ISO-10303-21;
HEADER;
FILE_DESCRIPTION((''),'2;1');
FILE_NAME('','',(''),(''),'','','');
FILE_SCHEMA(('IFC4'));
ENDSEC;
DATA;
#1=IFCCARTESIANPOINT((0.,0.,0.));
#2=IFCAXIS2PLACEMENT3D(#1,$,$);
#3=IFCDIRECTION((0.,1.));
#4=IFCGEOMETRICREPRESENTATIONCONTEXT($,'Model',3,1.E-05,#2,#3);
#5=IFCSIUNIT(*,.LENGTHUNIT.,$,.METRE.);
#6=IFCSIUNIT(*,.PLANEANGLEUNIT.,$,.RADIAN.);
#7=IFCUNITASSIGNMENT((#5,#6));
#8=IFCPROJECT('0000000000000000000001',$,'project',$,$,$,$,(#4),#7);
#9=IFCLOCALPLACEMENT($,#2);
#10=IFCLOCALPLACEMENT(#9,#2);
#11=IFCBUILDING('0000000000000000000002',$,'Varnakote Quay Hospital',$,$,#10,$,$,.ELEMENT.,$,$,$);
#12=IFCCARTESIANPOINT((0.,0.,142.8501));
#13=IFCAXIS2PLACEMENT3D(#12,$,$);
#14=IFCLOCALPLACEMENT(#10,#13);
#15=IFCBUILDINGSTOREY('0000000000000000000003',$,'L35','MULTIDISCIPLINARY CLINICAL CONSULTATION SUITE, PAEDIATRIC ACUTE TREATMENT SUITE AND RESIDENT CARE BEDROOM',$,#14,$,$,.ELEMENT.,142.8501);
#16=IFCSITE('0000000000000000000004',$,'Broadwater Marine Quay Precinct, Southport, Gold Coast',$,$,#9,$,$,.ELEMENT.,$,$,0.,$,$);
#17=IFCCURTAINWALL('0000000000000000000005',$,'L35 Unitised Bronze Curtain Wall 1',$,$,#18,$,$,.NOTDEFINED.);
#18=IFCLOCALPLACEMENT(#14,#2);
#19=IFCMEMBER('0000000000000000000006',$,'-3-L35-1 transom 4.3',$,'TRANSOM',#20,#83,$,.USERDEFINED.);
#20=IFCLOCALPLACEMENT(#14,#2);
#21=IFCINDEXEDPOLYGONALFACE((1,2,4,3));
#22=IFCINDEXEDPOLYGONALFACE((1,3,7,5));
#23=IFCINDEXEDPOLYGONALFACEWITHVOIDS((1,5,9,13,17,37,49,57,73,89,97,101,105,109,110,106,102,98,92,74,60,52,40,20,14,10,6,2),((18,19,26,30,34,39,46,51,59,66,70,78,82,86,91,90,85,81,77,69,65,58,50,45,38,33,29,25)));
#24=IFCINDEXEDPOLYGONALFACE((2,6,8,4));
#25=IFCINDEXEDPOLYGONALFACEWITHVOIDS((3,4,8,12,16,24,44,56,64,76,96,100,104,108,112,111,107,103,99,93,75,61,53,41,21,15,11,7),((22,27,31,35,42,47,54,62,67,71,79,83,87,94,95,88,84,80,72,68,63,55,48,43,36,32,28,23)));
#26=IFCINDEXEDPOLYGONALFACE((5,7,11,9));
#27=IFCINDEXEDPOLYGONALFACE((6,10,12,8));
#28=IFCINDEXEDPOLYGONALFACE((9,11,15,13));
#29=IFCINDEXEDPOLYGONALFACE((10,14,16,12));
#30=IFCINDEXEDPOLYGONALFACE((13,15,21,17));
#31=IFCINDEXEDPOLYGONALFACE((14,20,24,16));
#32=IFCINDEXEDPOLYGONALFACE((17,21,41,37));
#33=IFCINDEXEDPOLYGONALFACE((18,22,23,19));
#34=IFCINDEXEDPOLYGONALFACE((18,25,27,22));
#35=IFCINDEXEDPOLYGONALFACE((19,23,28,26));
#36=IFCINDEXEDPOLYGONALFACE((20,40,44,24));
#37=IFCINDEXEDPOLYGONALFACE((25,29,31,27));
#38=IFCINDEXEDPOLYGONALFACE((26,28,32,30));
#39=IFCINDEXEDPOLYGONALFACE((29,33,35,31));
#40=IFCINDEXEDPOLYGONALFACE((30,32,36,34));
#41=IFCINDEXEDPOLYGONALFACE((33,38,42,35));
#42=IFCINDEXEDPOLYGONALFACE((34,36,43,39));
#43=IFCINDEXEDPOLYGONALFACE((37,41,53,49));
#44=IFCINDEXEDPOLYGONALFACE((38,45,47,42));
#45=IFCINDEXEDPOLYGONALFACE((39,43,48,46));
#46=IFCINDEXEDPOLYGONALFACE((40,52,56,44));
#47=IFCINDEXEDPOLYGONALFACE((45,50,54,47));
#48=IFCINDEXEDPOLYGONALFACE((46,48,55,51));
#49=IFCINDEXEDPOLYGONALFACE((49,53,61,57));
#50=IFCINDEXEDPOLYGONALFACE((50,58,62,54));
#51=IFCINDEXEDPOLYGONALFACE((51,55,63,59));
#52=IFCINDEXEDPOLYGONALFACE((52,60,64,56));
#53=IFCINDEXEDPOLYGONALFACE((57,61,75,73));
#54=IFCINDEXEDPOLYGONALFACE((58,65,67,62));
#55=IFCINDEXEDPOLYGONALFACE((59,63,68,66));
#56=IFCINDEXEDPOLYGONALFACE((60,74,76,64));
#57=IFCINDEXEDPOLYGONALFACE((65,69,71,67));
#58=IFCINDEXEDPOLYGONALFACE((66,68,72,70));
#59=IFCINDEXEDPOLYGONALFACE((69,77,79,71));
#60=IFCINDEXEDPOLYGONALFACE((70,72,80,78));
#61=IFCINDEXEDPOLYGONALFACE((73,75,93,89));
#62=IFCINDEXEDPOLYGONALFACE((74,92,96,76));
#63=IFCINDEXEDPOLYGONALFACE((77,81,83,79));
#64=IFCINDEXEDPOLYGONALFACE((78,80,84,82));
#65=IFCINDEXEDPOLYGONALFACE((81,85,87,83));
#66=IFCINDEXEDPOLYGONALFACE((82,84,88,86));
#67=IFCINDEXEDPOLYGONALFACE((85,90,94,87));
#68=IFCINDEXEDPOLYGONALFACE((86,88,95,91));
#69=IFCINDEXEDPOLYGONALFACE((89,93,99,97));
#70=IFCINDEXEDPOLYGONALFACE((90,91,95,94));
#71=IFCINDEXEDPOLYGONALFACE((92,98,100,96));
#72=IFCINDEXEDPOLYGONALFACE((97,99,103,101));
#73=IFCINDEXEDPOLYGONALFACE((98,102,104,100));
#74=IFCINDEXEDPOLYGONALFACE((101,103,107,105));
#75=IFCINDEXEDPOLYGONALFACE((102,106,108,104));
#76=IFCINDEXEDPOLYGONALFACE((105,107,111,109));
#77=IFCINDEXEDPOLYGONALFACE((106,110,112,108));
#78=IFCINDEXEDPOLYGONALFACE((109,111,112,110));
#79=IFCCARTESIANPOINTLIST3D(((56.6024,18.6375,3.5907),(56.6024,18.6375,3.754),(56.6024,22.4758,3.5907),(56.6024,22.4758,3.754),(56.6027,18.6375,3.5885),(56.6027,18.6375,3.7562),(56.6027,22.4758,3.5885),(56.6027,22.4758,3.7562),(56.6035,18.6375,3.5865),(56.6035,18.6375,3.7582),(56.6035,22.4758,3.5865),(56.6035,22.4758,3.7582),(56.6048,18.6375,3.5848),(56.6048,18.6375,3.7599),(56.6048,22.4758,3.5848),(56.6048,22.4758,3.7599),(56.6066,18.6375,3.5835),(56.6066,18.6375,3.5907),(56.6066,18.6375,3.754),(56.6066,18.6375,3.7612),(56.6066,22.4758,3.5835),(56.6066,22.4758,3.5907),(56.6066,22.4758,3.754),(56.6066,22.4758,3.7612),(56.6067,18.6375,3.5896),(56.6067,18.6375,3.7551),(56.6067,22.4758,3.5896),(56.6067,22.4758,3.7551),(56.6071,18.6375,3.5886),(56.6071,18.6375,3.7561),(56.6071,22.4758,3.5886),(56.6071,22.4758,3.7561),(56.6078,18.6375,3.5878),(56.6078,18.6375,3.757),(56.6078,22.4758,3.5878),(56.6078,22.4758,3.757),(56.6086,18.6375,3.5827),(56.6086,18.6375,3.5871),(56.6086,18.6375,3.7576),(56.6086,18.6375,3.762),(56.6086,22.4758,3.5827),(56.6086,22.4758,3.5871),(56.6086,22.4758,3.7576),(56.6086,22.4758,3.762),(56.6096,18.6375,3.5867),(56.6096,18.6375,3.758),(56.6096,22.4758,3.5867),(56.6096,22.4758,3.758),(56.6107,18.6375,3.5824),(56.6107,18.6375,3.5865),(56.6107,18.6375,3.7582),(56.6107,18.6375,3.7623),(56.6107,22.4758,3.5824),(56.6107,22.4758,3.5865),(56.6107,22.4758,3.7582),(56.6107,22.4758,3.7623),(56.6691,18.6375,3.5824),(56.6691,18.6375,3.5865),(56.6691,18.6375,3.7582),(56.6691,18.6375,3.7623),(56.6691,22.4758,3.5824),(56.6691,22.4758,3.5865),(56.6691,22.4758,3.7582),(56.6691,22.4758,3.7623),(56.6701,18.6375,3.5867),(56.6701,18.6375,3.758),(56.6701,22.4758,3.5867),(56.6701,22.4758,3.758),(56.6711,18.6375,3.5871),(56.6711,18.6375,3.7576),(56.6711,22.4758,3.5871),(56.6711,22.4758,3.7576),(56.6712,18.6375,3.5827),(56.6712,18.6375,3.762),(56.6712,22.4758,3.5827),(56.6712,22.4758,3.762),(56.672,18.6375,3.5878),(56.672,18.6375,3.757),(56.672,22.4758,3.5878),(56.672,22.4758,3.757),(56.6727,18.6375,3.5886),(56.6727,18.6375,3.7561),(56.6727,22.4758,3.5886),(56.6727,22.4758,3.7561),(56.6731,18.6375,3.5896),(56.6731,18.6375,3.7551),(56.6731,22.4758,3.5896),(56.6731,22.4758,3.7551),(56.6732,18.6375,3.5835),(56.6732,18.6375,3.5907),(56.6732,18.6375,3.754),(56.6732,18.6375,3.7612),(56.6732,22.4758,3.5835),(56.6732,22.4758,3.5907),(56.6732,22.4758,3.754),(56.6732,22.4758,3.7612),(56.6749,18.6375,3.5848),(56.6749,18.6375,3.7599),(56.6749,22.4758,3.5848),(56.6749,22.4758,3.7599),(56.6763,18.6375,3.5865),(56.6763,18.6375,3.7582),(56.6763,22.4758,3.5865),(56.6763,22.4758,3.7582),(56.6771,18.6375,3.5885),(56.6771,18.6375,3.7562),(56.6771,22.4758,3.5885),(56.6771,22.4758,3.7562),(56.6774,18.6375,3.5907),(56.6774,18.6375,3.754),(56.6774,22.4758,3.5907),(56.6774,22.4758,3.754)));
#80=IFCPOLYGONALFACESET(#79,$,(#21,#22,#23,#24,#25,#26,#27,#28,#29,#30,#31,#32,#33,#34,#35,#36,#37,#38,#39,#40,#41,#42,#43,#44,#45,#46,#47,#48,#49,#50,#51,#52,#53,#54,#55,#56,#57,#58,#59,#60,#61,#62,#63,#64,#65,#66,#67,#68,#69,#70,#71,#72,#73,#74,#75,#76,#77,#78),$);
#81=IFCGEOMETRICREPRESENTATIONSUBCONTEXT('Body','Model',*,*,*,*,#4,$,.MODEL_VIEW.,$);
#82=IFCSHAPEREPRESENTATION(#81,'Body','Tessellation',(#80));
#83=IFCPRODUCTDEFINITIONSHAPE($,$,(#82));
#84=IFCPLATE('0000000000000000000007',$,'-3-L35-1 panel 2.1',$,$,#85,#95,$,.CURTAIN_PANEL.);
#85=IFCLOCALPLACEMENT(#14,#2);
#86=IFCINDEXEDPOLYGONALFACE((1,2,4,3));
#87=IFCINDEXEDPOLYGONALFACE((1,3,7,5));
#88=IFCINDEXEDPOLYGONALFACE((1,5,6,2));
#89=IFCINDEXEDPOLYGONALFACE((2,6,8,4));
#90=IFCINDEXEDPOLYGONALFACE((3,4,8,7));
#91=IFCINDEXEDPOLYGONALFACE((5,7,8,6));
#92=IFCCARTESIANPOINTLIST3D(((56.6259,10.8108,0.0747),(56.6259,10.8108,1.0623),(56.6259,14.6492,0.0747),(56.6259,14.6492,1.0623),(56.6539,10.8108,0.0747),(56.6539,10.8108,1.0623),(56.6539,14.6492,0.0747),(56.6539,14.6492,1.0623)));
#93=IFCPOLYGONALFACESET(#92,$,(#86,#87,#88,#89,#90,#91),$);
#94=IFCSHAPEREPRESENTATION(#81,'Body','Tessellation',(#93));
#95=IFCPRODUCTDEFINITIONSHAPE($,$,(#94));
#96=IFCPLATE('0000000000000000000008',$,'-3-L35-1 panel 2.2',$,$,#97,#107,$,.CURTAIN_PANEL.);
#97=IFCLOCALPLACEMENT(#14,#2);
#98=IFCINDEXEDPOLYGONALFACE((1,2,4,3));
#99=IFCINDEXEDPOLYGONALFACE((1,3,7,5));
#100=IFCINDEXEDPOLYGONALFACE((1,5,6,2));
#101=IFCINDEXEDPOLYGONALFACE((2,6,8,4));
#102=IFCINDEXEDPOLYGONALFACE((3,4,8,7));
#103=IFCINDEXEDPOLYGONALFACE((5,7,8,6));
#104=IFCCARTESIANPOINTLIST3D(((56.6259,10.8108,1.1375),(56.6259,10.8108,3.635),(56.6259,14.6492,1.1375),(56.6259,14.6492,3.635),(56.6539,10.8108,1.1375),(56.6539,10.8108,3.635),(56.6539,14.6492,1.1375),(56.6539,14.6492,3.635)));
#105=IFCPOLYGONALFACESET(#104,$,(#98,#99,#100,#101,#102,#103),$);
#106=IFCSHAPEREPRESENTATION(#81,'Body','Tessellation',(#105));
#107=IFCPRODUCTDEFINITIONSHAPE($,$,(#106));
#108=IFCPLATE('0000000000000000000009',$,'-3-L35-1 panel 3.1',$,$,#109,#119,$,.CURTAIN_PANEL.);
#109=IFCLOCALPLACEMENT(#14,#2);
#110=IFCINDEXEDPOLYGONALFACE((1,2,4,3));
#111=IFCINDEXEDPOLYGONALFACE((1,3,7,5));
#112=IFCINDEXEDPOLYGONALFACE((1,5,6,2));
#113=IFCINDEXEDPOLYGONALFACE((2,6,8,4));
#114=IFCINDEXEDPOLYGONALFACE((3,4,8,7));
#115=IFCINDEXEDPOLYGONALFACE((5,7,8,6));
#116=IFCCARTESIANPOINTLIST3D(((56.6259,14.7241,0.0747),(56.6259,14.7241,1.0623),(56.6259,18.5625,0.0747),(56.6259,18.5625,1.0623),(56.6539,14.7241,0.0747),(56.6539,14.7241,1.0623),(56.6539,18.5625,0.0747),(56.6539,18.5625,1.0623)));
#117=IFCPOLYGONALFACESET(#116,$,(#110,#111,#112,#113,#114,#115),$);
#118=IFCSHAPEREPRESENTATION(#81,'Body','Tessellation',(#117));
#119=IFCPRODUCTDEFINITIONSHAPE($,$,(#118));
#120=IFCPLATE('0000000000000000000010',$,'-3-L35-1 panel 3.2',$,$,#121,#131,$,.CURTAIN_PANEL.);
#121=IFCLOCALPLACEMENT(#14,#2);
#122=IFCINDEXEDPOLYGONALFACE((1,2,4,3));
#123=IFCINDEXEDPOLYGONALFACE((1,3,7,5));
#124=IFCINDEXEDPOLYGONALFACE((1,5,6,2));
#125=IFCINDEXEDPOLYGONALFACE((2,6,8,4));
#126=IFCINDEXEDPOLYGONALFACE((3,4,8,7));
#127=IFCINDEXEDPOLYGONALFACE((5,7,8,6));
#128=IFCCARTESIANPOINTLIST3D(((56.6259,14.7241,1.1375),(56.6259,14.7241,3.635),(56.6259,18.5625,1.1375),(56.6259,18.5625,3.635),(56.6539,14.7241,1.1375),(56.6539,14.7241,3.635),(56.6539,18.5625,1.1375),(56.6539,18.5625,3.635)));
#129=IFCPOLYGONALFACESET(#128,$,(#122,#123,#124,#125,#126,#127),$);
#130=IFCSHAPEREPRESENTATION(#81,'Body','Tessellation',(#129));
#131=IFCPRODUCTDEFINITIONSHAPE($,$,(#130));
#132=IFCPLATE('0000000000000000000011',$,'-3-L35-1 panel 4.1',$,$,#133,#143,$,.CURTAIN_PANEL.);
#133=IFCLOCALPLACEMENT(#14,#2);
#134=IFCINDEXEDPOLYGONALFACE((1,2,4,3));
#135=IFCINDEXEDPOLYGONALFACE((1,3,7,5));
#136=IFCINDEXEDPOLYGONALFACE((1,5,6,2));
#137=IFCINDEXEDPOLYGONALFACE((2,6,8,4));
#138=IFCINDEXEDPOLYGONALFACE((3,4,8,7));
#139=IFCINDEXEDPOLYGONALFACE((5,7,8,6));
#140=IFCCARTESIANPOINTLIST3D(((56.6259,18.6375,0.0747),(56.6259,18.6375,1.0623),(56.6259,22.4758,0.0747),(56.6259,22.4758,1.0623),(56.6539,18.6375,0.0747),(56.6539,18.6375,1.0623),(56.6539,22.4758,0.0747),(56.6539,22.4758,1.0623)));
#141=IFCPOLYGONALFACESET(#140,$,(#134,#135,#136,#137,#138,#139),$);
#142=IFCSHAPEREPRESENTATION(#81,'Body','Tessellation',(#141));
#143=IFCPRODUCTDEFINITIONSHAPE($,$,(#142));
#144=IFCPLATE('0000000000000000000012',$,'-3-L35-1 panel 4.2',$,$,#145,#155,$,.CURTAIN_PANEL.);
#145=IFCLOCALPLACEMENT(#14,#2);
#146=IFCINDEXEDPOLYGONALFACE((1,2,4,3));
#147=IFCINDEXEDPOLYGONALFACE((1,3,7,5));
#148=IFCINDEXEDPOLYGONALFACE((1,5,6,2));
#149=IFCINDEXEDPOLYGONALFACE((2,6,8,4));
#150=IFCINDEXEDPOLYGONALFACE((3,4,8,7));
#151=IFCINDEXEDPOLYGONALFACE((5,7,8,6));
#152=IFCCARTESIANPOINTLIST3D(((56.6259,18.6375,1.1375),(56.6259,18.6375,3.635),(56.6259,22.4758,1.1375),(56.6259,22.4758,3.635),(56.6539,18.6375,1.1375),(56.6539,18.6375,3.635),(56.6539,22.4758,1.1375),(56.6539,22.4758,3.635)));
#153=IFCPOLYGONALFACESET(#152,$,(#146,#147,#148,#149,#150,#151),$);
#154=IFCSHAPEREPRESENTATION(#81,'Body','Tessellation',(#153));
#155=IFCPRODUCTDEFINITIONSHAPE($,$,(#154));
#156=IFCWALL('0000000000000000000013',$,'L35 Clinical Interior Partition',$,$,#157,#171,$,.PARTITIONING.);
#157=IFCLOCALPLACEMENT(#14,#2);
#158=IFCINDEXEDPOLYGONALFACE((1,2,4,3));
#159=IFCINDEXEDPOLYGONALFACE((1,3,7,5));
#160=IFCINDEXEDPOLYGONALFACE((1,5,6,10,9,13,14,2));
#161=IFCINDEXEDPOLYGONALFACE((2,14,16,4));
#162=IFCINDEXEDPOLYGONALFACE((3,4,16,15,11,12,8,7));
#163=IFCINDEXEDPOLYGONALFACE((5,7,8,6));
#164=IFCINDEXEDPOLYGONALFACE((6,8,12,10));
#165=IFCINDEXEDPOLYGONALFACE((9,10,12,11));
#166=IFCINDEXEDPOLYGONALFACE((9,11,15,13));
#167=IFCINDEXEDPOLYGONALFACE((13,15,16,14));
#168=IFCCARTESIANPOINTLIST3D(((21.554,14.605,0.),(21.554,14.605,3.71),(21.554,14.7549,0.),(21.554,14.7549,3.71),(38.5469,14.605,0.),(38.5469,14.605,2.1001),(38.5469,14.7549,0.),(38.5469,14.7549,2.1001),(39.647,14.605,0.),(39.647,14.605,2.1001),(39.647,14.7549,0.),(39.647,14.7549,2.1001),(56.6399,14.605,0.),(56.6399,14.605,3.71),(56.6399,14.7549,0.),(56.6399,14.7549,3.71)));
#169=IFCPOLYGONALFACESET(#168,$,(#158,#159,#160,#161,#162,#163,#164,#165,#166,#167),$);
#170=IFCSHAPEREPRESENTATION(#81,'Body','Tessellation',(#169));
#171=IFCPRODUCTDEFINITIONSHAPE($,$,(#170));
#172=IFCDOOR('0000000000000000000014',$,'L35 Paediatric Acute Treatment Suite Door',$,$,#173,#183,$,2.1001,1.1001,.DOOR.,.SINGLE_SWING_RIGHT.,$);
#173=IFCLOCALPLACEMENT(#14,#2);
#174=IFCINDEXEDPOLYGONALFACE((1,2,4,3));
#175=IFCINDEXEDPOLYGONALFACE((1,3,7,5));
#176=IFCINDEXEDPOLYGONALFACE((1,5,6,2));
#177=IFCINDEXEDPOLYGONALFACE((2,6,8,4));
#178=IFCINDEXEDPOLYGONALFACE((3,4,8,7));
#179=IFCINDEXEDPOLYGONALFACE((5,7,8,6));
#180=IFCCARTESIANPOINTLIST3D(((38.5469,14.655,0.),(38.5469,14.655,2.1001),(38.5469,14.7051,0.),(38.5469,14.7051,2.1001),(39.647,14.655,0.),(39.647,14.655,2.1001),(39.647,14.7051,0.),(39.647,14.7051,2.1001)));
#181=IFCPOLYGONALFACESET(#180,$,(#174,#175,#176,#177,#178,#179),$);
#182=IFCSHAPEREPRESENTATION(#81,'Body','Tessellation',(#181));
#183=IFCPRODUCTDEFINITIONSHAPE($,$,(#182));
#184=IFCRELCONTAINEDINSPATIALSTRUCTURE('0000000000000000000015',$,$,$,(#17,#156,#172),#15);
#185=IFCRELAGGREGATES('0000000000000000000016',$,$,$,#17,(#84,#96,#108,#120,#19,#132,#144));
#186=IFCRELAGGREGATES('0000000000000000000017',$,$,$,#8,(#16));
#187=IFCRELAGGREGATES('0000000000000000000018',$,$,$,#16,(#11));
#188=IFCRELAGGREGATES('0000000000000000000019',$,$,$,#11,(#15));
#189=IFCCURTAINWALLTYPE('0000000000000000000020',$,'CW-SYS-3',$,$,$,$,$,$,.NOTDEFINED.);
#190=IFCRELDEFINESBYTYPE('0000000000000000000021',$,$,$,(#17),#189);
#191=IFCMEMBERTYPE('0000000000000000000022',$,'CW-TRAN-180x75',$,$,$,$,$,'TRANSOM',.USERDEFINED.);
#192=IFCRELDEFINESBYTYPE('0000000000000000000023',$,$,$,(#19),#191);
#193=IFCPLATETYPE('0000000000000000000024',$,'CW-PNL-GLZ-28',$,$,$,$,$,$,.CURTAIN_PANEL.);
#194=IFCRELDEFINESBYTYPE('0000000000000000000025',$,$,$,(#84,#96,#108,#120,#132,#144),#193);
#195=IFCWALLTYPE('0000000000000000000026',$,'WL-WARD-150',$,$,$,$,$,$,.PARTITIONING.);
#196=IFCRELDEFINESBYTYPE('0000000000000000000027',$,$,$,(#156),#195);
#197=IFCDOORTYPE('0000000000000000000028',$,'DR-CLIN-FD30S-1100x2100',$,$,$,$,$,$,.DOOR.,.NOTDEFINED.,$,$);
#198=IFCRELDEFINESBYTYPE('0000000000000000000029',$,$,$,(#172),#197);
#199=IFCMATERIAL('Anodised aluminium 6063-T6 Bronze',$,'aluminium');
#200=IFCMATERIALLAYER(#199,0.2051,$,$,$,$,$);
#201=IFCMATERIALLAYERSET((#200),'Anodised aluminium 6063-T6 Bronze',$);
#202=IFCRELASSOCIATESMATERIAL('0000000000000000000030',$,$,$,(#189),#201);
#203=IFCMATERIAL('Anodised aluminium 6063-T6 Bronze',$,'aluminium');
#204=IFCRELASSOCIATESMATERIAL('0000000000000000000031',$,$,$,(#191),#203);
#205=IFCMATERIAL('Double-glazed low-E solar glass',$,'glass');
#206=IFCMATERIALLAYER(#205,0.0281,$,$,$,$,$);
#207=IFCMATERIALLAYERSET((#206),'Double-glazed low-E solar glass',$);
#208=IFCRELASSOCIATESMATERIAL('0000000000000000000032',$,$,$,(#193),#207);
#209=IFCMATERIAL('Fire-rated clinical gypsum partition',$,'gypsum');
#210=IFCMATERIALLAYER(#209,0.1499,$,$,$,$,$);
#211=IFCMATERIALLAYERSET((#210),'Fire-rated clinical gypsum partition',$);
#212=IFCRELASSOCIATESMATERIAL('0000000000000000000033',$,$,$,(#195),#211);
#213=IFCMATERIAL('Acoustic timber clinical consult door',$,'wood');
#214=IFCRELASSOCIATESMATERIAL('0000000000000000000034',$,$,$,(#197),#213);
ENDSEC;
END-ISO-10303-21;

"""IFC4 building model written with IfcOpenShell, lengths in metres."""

from ifc_helpers import new_model, si_unit, direction, frame, frame_2d, origin, origin_2d, place, context, subcontext, project, spatial, rectangle, hollow_rectangle, extrude, material, layer, layer_set, material_profile, profile_set, type_object, element, fill, aggregate, save


model = new_model("IFC4")

# Units and contexts
model_context = context("Model", 3, precision=1e-05, world=origin(), true_north=direction((0.0, 1.0)))
body_context = subcontext(model_context, "Body", "Model", "MODEL_VIEW")
ifc_project = project(units=[si_unit("LENGTHUNIT", "METRE"), si_unit("PLANEANGLEUNIT", "RADIAN")], contexts=[model_context])

# Site, building, storey
site_placement = place(None, origin())
site = spatial("IfcSite", under=ifc_project, at=site_placement, Name="Broadwater Marine Quay Precinct, Southport, Gold Coast", CompositionType="ELEMENT", RefElevation=0.0)
building_placement = place(site_placement, origin())
building = spatial("IfcBuilding", under=site, at=building_placement, Name="Varnakote Quay Hospital", CompositionType="ELEMENT")
storey_placement = place(building_placement, frame((0.0, 0.0, 142.8501)))
storey = spatial("IfcBuildingStorey", under=building, at=storey_placement, Name="L35", Description="MULTIDISCIPLINARY CLINICAL CONSULTATION SUITE, PAEDIATRIC ACUTE TREATMENT SUITE AND RESIDENT CARE BEDROOM", CompositionType="ELEMENT", Elevation=142.8501)

# Curtain wall, member, plates
ifc_material_1 = material(Name="Anodised aluminium 6063-T6 Bronze", Category="aluminium")
ifc_layer_1 = layer(ifc_material_1, 0.2051)
ifc_layer_set_1 = layer_set([ifc_layer_1], Name="Anodised aluminium 6063-T6 Bronze")
curtain_wall_type = type_object("IfcCurtainWallType", Name="CW-SYS-3", PredefinedType="NOTDEFINED", material=ifc_layer_set_1)
curtain_wall_placement = place(storey_placement, origin())
curtain_wall = element("IfcCurtainWall", 1, at=curtain_wall_placement, inside=storey, type_object=curtain_wall_type, Name="L35 Unitised Bronze Curtain Wall 1", PredefinedType="NOTDEFINED")
ifc_material_2 = material(Name="Anodised aluminium 6063-T6 Bronze", Category="aluminium")
ifc_material_profile_1 = material_profile(ifc_material_2, hollow_rectangle(XDim=0.075, YDim=0.1799, WallThickness=0.0042, InnerFilletRadius=0.0042, OuterFilletRadius=0.0083, at=origin_2d()), Name="CW-TRAN-180x75")
ifc_profile_set_1 = profile_set([ifc_material_profile_1], Name="Anodised aluminium 6063-T6 Bronze")
member_type_1 = type_object("IfcMemberType", Name="CW-TRAN-180x75", ElementType="TRANSOM", PredefinedType="USERDEFINED", material=ifc_profile_set_1)
member_1_placement = place(storey_placement, frame((56.6399, 18.6375, 3.6724), z_axis=(0.0, 1.0, 0.0), x_axis=(-1.0, 0.0, 0.0)))
member_1 = element("IfcMember", 2, at=member_1_placement, type_object=member_type_1, Name="-3-L35-1 transom 4.3", ObjectType="TRANSOM", PredefinedType="USERDEFINED", context=body_context, shape_type="SweptSolid", body=[
    extrude(hollow_rectangle(XDim=0.075, YDim=0.1799, WallThickness=0.0042, InnerFilletRadius=0.0042, OuterFilletRadius=0.0083, at=origin_2d()), origin(), (0.0, 0.0, 1.0), 3.8384),
])
ifc_material_3 = material(Name="Double-glazed low-E solar glass", Category="glass")
ifc_layer_2 = layer(ifc_material_3, 0.0281)
ifc_layer_set_2 = layer_set([ifc_layer_2], Name="Double-glazed low-E solar glass")
plate_type = type_object("IfcPlateType", Name="CW-PNL-GLZ-28", PredefinedType="CURTAIN_PANEL", material=ifc_layer_set_2)
plate_1_placement = place(storey_placement, frame((56.6399, 12.73, 0.0747), z_axis=(0.0, 0.0, 1.0), x_axis=(0.0, 1.0, 0.0)))
plate_1 = element("IfcPlate", 3, at=plate_1_placement, type_object=plate_type, Name="-3-L35-1 panel 2.1", PredefinedType="CURTAIN_PANEL", context=body_context, shape_type="SweptSolid", body=[
    extrude(rectangle(XDim=3.8384, YDim=0.0281, at=origin_2d()), origin(), (0.0, 0.0, 1.0), 0.9875),
])
plate_2_placement = place(storey_placement, frame((56.6399, 12.73, 1.1375), z_axis=(0.0, 0.0, 1.0), x_axis=(0.0, 1.0, 0.0)))
plate_2 = element("IfcPlate", 4, at=plate_2_placement, type_object=plate_type, Name="-3-L35-1 panel 2.2", PredefinedType="CURTAIN_PANEL", context=body_context, shape_type="SweptSolid", body=[
    extrude(rectangle(XDim=3.8384, YDim=0.0281, at=origin_2d()), origin(), (0.0, 0.0, 1.0), 2.4976),
])
plate_3_placement = place(storey_placement, frame((56.6399, 16.6433, 0.0747), z_axis=(0.0, 0.0, 1.0), x_axis=(0.0, 1.0, 0.0)))
plate_3 = element("IfcPlate", 5, at=plate_3_placement, type_object=plate_type, Name="-3-L35-1 panel 3.1", PredefinedType="CURTAIN_PANEL", context=body_context, shape_type="SweptSolid", body=[
    extrude(rectangle(XDim=3.8384, YDim=0.0281, at=origin_2d()), origin(), (0.0, 0.0, 1.0), 0.9875),
])
plate_4_placement = place(storey_placement, frame((56.6399, 16.6433, 1.1375), z_axis=(0.0, 0.0, 1.0), x_axis=(0.0, 1.0, 0.0)))
plate_4 = element("IfcPlate", 6, at=plate_4_placement, type_object=plate_type, Name="-3-L35-1 panel 3.2", PredefinedType="CURTAIN_PANEL", context=body_context, shape_type="SweptSolid", body=[
    extrude(rectangle(XDim=3.8384, YDim=0.0281, at=origin_2d()), origin(), (0.0, 0.0, 1.0), 2.4976),
])
plate_5_placement = place(storey_placement, frame((56.6399, 20.5566, 0.0747), z_axis=(0.0, 0.0, 1.0), x_axis=(0.0, 1.0, 0.0)))
plate_5 = element("IfcPlate", 7, at=plate_5_placement, type_object=plate_type, Name="-3-L35-1 panel 4.1", PredefinedType="CURTAIN_PANEL", context=body_context, shape_type="SweptSolid", body=[
    extrude(rectangle(XDim=3.8384, YDim=0.0281, at=origin_2d()), origin(), (0.0, 0.0, 1.0), 0.9875),
])
plate_6_placement = place(storey_placement, frame((56.6399, 20.5566, 1.1375), z_axis=(0.0, 0.0, 1.0), x_axis=(0.0, 1.0, 0.0)))
plate_6 = element("IfcPlate", 8, at=plate_6_placement, type_object=plate_type, Name="-3-L35-1 panel 4.2", PredefinedType="CURTAIN_PANEL", context=body_context, shape_type="SweptSolid", body=[
    extrude(rectangle(XDim=3.8384, YDim=0.0281, at=origin_2d()), origin(), (0.0, 0.0, 1.0), 2.4976),
])
aggregate(curtain_wall, [plate_1, plate_2, plate_3, plate_4, member_1, plate_5, plate_6])

# Wall, opening, door
ifc_material_4 = material(Name="Fire-rated clinical gypsum partition", Category="gypsum")
ifc_layer_3 = layer(ifc_material_4, 0.1499)
ifc_layer_set_3 = layer_set([ifc_layer_3], Name="Fire-rated clinical gypsum partition")
wall_type = type_object("IfcWallType", Name="WL-WARD-150", PredefinedType="PARTITIONING", material=ifc_layer_set_3)
wall_placement = place(storey_placement, frame((56.6399, 14.6799, 0.0), z_axis=(0.0, 0.0, 1.0), x_axis=(-1.0, 0.0, 0.0)))
wall = element("IfcWall", 9, at=wall_placement, inside=storey, type_object=wall_type, Name="L35 Clinical Interior Partition", PredefinedType="PARTITIONING", context=body_context, shape_type="SweptSolid", body=[
    extrude(rectangle(XDim=35.0859, YDim=0.1499, at=frame_2d((17.543, 0.0))), origin(), (0.0, 0.0, 1.0), 3.71),
])
opening_placement = place(wall_placement, frame((16.9929, 0.0, 0.0)))
opening = element("IfcOpeningElement", 10, at=opening_placement, cuts=wall, PredefinedType="OPENING", context=body_context, shape_type="SweptSolid", body=[
    extrude(rectangle(XDim=1.1001, YDim=2.1001, at=frame_2d((0.55, 1.05))), frame((0.0, 0.085, 0.0), z_axis=(0.0, -1.0, 0.0), x_axis=(1.0, 0.0, 0.0)), (0.0, 0.0, 1.0), 0.1699),
])
ifc_material_5 = material(Name="Acoustic timber clinical consult door", Category="wood")
door_type = type_object("IfcDoorType", Name="DR-CLIN-FD30S-1100x2100", OperationType="NOTDEFINED", PredefinedType="DOOR", material=ifc_material_5)
door_placement = place(opening_placement, origin())
door = element("IfcDoor", 11, at=door_placement, inside=storey, type_object=door_type, Name="L35 Paediatric Acute Treatment Suite Door", OperationType="SINGLE_SWING_RIGHT", OverallHeight=2.1001, OverallWidth=1.1001, PredefinedType="DOOR", context=body_context, shape_type="SweptSolid", body=[
    extrude(rectangle(XDim=1.1001, YDim=2.1001, at=frame_2d((0.55, 1.05))), frame((0.0, 0.0249, 0.0), z_axis=(0.0, -1.0, 0.0), x_axis=(1.0, 0.0, 0.0)), (0.0, 0.0, 1.0), 0.05),
])
fill(opening, door)

save(model, "model.ifc")
